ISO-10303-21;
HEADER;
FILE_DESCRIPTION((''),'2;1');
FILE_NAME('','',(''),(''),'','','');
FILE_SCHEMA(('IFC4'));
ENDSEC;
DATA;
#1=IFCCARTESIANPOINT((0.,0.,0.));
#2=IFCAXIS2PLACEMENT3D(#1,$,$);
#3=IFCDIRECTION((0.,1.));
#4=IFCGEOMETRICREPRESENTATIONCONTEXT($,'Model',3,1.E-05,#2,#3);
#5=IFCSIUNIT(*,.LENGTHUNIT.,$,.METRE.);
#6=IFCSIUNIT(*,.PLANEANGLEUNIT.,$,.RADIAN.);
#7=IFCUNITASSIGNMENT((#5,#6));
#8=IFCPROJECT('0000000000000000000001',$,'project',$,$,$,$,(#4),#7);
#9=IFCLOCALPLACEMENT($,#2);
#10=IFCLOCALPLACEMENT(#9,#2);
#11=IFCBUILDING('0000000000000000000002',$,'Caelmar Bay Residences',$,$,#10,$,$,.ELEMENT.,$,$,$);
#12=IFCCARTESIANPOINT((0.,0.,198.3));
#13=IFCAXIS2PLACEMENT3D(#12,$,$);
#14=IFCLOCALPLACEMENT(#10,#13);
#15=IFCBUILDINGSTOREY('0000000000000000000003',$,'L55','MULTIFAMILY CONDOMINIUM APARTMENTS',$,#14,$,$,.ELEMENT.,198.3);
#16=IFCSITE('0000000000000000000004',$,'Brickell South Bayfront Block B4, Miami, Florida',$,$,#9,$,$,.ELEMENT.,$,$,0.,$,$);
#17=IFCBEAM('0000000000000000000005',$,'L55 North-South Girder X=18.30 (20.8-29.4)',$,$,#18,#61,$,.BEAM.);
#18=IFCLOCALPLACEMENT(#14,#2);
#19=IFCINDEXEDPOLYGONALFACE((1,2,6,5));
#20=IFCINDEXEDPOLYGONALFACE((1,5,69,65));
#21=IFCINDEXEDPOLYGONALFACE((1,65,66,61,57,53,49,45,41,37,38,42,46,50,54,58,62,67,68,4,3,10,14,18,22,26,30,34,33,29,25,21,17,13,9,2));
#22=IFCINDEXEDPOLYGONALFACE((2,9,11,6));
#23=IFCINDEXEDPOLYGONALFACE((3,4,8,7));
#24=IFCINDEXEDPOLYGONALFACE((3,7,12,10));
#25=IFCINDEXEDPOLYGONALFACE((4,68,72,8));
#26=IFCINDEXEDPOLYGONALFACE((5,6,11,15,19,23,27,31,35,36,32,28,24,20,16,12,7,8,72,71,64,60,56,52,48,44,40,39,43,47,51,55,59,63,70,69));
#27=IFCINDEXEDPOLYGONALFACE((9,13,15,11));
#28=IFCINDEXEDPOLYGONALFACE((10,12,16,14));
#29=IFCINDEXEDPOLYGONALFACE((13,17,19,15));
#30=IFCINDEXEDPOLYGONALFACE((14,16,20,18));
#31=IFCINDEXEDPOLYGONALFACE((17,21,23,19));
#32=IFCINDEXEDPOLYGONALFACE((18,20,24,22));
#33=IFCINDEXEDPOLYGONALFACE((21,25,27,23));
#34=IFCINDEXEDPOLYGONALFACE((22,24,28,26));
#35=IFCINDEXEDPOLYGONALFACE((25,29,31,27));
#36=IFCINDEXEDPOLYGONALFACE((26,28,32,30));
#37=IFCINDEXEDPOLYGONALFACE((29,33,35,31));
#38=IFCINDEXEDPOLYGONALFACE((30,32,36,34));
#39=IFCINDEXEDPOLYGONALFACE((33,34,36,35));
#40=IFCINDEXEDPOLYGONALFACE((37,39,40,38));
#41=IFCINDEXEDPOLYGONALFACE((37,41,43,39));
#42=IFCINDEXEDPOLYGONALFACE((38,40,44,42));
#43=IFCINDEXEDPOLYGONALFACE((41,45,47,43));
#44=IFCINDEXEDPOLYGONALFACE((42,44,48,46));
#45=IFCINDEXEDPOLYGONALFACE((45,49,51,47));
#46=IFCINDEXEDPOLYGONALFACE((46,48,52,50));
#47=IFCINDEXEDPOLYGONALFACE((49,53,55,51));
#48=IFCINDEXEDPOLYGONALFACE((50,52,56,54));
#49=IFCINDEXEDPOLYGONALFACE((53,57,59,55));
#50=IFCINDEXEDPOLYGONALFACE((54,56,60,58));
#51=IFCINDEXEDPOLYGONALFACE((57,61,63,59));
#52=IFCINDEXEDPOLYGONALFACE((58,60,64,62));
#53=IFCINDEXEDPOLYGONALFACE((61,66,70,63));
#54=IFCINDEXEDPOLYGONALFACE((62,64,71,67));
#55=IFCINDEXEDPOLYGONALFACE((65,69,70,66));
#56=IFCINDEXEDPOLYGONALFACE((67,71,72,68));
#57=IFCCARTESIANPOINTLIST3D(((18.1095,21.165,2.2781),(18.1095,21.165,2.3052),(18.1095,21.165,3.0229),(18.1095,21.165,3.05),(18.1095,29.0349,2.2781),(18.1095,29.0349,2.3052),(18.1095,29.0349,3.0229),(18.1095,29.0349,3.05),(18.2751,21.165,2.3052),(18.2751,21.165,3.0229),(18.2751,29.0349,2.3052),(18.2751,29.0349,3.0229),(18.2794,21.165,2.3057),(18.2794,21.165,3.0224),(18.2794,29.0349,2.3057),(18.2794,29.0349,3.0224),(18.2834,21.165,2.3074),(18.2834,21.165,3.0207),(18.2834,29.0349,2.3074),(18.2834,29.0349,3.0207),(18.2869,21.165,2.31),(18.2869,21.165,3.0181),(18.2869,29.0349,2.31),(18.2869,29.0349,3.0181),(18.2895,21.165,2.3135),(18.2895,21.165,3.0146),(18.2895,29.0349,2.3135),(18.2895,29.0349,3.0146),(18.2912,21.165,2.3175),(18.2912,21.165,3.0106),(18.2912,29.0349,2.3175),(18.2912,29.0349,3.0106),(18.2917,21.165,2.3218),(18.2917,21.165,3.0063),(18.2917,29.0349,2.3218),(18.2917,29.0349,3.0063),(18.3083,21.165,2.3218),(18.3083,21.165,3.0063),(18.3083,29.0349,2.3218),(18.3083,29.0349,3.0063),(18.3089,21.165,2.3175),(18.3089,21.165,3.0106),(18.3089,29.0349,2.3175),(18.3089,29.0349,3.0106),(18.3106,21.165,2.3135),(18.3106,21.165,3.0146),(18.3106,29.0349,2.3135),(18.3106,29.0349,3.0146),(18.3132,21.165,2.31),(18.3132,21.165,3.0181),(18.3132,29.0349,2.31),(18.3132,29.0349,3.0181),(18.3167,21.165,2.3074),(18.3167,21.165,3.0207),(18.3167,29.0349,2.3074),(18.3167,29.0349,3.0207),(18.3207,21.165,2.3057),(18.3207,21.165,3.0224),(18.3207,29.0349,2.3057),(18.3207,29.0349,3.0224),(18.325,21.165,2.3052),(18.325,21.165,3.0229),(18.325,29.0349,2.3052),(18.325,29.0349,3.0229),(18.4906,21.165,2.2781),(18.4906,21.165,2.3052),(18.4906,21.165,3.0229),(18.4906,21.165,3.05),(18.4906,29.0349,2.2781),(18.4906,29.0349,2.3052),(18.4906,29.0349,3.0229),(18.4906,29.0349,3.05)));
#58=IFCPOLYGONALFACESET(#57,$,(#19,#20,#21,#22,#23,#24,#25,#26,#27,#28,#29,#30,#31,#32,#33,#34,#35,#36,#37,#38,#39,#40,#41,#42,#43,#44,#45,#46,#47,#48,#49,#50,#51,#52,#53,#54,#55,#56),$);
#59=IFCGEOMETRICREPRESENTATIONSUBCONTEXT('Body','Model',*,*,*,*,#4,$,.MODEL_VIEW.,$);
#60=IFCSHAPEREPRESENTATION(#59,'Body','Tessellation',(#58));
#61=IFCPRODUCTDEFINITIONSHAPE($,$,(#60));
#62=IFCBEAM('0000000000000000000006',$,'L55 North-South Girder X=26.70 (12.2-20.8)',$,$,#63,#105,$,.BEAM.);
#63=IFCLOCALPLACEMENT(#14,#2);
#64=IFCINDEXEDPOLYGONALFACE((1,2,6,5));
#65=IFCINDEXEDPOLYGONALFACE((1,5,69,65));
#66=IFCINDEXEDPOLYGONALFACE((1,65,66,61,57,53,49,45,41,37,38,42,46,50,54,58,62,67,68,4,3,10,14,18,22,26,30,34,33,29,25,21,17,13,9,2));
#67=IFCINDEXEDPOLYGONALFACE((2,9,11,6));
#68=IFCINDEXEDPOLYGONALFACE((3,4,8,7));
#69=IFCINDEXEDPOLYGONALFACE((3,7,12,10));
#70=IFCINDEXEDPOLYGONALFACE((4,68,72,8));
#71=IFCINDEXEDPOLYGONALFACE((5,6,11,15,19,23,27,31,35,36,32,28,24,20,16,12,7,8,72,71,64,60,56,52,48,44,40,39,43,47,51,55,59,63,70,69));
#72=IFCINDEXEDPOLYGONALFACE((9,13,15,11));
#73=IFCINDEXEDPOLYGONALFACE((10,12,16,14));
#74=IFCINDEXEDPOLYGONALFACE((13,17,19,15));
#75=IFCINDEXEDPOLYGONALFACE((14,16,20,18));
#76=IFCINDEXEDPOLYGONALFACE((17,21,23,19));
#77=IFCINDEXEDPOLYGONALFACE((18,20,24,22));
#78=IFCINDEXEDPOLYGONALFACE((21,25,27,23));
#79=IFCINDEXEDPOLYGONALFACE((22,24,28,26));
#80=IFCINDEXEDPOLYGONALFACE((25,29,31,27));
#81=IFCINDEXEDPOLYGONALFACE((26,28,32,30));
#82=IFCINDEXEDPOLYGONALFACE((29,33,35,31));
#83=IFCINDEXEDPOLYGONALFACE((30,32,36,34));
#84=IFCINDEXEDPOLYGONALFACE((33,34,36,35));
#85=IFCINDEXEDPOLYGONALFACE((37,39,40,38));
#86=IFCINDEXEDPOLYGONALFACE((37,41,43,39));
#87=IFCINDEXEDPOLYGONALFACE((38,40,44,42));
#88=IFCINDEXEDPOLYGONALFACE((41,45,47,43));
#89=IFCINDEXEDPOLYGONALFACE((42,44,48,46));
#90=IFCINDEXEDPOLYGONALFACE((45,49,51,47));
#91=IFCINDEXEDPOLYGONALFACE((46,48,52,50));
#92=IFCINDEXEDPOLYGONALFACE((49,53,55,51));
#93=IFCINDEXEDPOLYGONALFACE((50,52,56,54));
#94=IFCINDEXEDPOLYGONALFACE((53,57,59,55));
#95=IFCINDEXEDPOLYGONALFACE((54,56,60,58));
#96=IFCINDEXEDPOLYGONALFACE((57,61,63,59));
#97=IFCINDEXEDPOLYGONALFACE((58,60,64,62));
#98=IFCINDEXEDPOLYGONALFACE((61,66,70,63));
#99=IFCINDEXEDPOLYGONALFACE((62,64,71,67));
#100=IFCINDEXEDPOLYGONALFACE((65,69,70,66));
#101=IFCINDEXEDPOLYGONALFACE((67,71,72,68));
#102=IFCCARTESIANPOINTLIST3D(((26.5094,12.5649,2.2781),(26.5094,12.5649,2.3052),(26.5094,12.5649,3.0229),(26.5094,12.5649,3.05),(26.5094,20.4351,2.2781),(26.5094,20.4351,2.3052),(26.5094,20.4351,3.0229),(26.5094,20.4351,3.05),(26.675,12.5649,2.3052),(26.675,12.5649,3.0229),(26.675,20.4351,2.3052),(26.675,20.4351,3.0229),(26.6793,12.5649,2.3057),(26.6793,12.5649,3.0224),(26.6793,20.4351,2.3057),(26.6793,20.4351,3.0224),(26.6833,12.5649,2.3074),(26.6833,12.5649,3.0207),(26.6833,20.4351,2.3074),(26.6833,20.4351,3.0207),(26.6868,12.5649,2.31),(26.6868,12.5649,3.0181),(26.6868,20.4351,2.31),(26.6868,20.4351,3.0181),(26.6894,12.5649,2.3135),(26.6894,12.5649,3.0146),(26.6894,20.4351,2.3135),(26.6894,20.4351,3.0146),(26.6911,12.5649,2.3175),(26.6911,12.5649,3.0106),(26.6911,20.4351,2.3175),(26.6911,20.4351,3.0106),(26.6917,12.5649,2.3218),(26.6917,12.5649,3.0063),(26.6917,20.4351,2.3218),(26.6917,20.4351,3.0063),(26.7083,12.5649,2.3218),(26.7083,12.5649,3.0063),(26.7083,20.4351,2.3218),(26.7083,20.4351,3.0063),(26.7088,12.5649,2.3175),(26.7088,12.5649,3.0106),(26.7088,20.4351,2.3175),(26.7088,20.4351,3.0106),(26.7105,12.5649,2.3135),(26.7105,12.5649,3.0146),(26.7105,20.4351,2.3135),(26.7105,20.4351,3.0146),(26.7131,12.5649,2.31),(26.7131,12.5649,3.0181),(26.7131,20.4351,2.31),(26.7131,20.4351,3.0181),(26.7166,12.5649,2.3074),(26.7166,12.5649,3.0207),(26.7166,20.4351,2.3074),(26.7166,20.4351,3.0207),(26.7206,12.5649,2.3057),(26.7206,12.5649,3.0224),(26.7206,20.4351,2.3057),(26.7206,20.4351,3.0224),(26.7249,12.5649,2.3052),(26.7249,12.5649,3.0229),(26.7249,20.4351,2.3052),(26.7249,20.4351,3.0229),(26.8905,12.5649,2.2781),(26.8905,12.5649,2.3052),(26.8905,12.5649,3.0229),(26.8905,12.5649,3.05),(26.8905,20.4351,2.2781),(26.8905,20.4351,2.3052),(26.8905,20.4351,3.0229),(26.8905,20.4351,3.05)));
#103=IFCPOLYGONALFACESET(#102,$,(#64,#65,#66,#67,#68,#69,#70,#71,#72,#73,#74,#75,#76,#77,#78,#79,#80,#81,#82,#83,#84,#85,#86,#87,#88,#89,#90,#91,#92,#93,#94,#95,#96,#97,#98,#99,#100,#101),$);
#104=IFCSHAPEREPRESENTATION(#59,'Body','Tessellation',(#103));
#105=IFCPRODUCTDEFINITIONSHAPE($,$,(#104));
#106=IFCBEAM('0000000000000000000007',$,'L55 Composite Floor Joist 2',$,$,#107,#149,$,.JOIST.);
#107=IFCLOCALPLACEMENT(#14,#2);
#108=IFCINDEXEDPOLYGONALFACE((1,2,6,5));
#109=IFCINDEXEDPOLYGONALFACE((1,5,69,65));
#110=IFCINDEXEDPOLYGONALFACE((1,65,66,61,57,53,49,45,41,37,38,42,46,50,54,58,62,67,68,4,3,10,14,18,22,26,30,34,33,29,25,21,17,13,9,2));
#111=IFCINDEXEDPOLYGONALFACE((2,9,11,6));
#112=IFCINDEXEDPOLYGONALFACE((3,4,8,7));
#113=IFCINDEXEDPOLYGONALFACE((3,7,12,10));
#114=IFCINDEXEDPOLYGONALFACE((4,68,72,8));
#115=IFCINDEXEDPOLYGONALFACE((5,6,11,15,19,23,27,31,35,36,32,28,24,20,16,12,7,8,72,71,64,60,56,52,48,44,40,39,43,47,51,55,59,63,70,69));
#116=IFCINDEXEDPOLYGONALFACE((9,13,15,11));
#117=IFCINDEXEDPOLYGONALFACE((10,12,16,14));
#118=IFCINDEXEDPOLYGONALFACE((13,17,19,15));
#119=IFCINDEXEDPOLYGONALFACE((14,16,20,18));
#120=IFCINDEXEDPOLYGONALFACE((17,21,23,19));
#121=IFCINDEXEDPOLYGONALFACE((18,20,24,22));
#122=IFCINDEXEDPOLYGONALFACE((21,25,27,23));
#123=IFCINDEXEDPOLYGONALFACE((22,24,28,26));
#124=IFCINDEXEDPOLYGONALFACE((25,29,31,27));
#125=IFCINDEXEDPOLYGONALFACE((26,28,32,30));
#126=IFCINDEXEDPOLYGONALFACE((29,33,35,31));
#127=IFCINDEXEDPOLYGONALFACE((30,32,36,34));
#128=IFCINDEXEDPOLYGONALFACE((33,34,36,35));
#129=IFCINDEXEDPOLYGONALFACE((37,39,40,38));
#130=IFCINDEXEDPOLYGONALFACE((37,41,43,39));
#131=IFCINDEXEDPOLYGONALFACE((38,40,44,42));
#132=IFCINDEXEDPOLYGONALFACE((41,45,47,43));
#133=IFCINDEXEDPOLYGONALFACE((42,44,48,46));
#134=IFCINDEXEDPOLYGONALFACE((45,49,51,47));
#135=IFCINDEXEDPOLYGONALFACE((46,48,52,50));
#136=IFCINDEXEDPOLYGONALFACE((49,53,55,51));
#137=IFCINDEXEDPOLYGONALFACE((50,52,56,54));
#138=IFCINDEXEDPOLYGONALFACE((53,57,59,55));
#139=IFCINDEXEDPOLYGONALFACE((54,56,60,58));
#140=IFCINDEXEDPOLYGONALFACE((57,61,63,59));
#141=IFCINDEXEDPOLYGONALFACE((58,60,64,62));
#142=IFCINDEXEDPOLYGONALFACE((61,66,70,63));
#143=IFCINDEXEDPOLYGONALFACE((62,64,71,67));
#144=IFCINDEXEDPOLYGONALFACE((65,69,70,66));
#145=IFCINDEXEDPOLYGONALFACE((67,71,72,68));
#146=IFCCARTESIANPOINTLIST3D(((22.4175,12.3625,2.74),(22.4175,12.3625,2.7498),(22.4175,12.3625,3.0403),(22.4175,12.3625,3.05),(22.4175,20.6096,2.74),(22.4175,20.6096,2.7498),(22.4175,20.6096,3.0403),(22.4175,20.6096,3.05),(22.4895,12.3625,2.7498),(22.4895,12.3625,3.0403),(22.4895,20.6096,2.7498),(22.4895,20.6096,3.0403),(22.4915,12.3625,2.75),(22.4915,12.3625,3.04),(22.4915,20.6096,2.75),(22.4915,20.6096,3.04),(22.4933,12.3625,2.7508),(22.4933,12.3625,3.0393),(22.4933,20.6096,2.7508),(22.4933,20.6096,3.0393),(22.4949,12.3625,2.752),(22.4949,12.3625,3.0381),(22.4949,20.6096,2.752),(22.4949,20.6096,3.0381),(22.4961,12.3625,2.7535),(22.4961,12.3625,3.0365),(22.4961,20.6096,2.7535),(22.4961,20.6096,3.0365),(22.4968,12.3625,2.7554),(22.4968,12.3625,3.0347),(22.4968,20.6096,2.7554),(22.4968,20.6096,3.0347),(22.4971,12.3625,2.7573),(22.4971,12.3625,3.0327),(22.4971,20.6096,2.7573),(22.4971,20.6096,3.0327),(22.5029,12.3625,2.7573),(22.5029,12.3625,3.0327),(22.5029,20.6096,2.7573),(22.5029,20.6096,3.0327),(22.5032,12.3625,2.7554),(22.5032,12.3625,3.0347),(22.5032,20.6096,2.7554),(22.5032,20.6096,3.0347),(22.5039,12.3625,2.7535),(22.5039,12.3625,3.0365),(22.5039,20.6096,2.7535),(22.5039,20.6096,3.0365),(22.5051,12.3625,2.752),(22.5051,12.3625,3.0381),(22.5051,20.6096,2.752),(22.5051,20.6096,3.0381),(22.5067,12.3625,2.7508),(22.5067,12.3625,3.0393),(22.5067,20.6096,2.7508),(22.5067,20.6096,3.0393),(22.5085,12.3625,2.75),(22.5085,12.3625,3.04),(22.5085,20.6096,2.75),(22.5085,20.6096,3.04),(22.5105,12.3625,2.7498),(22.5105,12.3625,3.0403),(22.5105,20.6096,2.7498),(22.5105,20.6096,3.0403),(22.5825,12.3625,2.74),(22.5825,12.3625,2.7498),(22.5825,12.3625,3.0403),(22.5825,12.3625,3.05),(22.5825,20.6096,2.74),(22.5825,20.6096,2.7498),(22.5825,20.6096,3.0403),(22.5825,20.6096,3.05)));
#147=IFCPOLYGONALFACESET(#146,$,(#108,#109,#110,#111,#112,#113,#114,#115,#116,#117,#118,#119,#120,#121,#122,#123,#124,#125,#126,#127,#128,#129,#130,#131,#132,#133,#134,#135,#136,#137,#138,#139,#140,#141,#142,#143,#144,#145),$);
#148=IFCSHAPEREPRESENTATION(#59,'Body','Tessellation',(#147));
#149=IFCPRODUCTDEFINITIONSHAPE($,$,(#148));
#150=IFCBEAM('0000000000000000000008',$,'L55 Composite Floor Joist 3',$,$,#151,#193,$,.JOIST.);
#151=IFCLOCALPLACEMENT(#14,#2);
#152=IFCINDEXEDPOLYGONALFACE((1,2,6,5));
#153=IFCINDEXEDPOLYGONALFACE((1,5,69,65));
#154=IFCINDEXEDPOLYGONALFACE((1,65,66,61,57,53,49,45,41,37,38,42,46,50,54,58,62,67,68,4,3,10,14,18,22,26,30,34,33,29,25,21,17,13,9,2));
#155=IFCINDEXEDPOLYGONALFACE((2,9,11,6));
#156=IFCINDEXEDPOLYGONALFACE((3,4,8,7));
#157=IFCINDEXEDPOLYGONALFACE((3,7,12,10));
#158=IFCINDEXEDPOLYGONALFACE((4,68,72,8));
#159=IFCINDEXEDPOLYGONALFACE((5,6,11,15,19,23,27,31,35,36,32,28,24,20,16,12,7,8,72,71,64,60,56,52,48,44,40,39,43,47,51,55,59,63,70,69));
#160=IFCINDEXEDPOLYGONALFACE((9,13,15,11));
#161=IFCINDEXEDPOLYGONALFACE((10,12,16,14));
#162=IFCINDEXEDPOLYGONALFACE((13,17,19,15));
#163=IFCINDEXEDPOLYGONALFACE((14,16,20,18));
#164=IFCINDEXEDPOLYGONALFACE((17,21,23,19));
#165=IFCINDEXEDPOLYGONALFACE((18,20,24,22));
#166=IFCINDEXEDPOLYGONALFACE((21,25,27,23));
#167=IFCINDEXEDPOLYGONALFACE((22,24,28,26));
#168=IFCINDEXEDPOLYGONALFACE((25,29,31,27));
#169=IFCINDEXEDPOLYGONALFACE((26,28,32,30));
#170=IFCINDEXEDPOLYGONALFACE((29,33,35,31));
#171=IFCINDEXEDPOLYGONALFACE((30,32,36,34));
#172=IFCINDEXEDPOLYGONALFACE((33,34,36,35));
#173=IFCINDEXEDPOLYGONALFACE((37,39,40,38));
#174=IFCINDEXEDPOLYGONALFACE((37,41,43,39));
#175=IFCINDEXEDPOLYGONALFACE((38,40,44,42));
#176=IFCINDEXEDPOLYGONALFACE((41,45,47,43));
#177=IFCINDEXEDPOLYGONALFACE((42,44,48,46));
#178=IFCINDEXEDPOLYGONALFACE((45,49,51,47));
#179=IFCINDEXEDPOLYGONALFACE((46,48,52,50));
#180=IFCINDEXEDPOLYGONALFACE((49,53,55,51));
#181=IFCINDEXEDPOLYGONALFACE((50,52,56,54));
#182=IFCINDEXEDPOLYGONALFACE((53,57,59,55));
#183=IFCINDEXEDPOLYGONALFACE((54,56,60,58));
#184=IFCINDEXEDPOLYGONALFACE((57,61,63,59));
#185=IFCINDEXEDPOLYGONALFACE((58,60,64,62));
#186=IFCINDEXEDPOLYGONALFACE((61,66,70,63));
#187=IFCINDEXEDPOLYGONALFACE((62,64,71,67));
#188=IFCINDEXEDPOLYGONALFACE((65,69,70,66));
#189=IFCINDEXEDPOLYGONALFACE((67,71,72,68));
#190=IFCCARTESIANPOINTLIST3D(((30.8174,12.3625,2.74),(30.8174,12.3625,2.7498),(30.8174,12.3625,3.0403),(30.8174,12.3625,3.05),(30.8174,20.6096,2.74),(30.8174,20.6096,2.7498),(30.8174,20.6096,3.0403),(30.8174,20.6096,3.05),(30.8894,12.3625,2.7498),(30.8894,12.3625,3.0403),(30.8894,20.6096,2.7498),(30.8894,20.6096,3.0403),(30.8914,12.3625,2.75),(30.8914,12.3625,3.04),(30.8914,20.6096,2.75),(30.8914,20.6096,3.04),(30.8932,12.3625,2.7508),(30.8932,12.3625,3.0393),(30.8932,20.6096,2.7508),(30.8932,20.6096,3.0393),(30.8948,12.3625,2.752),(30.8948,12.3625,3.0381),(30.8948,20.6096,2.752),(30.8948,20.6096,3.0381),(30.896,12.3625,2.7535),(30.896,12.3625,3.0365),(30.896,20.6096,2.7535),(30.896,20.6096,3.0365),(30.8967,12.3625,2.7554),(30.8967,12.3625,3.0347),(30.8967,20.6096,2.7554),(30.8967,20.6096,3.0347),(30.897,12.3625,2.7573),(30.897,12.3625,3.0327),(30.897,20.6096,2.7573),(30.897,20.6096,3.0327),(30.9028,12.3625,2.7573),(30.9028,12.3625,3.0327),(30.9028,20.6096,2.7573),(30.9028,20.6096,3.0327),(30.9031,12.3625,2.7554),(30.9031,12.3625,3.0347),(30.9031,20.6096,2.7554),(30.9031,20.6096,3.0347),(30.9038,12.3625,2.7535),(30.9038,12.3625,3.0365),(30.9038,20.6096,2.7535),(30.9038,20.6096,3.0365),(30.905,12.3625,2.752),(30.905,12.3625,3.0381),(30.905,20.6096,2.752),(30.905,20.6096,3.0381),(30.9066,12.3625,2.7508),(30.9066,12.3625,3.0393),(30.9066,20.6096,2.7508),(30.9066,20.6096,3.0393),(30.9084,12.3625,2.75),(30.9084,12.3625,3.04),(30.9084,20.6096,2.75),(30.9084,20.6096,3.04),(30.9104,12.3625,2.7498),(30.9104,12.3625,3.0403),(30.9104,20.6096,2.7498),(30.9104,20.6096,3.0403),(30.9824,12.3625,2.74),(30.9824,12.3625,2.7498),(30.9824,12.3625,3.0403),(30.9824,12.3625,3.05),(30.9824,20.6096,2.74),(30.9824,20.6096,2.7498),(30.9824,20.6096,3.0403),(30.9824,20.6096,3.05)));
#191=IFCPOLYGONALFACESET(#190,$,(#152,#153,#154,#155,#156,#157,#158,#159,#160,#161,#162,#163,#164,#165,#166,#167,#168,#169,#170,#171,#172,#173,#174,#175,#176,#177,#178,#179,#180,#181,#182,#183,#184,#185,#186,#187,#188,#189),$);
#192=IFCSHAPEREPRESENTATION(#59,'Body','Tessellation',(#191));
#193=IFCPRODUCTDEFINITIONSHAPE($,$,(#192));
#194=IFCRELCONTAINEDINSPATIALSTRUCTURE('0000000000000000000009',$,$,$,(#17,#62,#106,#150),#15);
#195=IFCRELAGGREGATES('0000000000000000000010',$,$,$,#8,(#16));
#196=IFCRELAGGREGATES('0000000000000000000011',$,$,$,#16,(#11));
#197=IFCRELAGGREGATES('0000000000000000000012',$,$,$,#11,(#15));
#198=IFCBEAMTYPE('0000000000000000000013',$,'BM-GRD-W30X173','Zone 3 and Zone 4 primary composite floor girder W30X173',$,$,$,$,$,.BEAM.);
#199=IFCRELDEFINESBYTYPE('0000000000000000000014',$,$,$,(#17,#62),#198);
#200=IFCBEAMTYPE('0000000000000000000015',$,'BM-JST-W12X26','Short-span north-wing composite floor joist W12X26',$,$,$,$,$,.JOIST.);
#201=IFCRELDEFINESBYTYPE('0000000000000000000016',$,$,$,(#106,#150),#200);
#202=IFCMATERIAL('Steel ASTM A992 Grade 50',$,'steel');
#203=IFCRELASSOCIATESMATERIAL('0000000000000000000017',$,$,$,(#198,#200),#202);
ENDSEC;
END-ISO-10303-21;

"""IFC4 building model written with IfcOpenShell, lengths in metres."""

from ifc_helpers import new_model, si_unit, direction, frame, origin, origin_2d, place, context, subcontext, project, spatial, i_section, extrude, material, material_profile, profile_set, type_object, element, save


model = new_model("IFC4")

# Units and contexts
model_context = context("Model", 3, precision=1e-05, world=origin(), true_north=direction((0.0, 1.0)))
body_context = subcontext(model_context, "Body", "Model", "MODEL_VIEW")
ifc_project = project(units=[si_unit("LENGTHUNIT", "METRE"), si_unit("PLANEANGLEUNIT", "RADIAN")], contexts=[model_context])

# Site, building, storey
site_placement = place(None, origin())
site = spatial("IfcSite", under=ifc_project, at=site_placement, Name="Brickell South Bayfront Block B4, Miami, Florida", CompositionType="ELEMENT", RefElevation=0.0)
building_placement = place(site_placement, origin())
building = spatial("IfcBuilding", under=site, at=building_placement, Name="Caelmar Bay Residences", CompositionType="ELEMENT")
storey_placement = place(building_placement, frame((0.0, 0.0, 198.3)))
storey = spatial("IfcBuildingStorey", under=building, at=storey_placement, Name="L55", Description="MULTIFAMILY CONDOMINIUM APARTMENTS", CompositionType="ELEMENT", Elevation=198.3)

# Beams
ifc_material_1 = material(Name="Steel ASTM A992 Grade 50", Category="steel")
ifc_material_profile_1 = material_profile(ifc_material_1, i_section(OverallWidth=0.3811, OverallDepth=0.772, WebThickness=0.0166, FlangeThickness=0.0271, FilletRadius=0.0166, at=origin_2d()), Name="W30X173")
ifc_profile_set_1 = profile_set([ifc_material_profile_1], Name="Steel ASTM A992 Grade 50")
beam_type_1 = type_object("IfcBeamType", Name="BM-GRD-W30X173", Description="Zone 3 and Zone 4 primary composite floor girder W30X173", PredefinedType="BEAM", material=ifc_profile_set_1)
beam_1_placement = place(storey_placement, frame((18.3, 21.165, 2.6641), z_axis=(0.0, 1.0, 0.0), x_axis=(-1.0, 0.0, 0.0)))
element("IfcBeam", 1, at=beam_1_placement, inside=storey, type_object=beam_type_1, Name="L55 North-South Girder X=18.30 (20.8-29.4)", PredefinedType="BEAM", context=body_context, shape_type="SweptSolid", body=[
    extrude(i_section(OverallWidth=0.3811, OverallDepth=0.772, WebThickness=0.0166, FlangeThickness=0.0271, FilletRadius=0.0166, at=origin_2d()), origin(), (0.0, 0.0, 1.0), 7.8699),
])
beam_2_placement = place(storey_placement, frame((26.7, 12.5649, 2.6641), z_axis=(0.0, 1.0, 0.0), x_axis=(-1.0, 0.0, 0.0)))
element("IfcBeam", 2, at=beam_2_placement, inside=storey, type_object=beam_type_1, Name="L55 North-South Girder X=26.70 (12.2-20.8)", PredefinedType="BEAM", context=body_context, shape_type="SweptSolid", body=[
    extrude(i_section(OverallWidth=0.3811, OverallDepth=0.772, WebThickness=0.0166, FlangeThickness=0.0271, FilletRadius=0.0166, at=origin_2d()), origin(), (0.0, 0.0, 1.0), 7.8701),
])
ifc_material_profile_2 = material_profile(ifc_material_1, i_section(OverallWidth=0.165, OverallDepth=0.3101, WebThickness=0.0059, FlangeThickness=0.0098, FilletRadius=0.0076, at=origin_2d()), Name="W12X26")
ifc_profile_set_2 = profile_set([ifc_material_profile_2], Name="Steel ASTM A992 Grade 50")
beam_type_2 = type_object("IfcBeamType", Name="BM-JST-W12X26", Description="Short-span north-wing composite floor joist W12X26", PredefinedType="JOIST", material=ifc_profile_set_2)
for number, where, z_axis, x_axis, name in (
    (3, (22.5, 12.3625, 2.895), (0.0, 1.0, 0.0), (-1.0, 0.0, 0.0), "L55 Composite Floor Joist 2"),
    (4, (30.8999, 12.3625, 2.895), (0.0, 1.0, 0.0), (-1.0, 0.0, 0.0), "L55 Composite Floor Joist 3"),
):
    element("IfcBeam", number, at=place(storey_placement, frame(where, z_axis=z_axis, x_axis=x_axis)), inside=storey, type_object=beam_type_2, Name=name, PredefinedType="JOIST", context=body_context, shape_type="SweptSolid", body=[
        extrude(i_section(OverallWidth=0.165, OverallDepth=0.3101, WebThickness=0.0059, FlangeThickness=0.0098, FilletRadius=0.0076, at=origin_2d()), origin(), (0.0, 0.0, 1.0), 8.2471),
    ])

save(model, "model.ifc")
